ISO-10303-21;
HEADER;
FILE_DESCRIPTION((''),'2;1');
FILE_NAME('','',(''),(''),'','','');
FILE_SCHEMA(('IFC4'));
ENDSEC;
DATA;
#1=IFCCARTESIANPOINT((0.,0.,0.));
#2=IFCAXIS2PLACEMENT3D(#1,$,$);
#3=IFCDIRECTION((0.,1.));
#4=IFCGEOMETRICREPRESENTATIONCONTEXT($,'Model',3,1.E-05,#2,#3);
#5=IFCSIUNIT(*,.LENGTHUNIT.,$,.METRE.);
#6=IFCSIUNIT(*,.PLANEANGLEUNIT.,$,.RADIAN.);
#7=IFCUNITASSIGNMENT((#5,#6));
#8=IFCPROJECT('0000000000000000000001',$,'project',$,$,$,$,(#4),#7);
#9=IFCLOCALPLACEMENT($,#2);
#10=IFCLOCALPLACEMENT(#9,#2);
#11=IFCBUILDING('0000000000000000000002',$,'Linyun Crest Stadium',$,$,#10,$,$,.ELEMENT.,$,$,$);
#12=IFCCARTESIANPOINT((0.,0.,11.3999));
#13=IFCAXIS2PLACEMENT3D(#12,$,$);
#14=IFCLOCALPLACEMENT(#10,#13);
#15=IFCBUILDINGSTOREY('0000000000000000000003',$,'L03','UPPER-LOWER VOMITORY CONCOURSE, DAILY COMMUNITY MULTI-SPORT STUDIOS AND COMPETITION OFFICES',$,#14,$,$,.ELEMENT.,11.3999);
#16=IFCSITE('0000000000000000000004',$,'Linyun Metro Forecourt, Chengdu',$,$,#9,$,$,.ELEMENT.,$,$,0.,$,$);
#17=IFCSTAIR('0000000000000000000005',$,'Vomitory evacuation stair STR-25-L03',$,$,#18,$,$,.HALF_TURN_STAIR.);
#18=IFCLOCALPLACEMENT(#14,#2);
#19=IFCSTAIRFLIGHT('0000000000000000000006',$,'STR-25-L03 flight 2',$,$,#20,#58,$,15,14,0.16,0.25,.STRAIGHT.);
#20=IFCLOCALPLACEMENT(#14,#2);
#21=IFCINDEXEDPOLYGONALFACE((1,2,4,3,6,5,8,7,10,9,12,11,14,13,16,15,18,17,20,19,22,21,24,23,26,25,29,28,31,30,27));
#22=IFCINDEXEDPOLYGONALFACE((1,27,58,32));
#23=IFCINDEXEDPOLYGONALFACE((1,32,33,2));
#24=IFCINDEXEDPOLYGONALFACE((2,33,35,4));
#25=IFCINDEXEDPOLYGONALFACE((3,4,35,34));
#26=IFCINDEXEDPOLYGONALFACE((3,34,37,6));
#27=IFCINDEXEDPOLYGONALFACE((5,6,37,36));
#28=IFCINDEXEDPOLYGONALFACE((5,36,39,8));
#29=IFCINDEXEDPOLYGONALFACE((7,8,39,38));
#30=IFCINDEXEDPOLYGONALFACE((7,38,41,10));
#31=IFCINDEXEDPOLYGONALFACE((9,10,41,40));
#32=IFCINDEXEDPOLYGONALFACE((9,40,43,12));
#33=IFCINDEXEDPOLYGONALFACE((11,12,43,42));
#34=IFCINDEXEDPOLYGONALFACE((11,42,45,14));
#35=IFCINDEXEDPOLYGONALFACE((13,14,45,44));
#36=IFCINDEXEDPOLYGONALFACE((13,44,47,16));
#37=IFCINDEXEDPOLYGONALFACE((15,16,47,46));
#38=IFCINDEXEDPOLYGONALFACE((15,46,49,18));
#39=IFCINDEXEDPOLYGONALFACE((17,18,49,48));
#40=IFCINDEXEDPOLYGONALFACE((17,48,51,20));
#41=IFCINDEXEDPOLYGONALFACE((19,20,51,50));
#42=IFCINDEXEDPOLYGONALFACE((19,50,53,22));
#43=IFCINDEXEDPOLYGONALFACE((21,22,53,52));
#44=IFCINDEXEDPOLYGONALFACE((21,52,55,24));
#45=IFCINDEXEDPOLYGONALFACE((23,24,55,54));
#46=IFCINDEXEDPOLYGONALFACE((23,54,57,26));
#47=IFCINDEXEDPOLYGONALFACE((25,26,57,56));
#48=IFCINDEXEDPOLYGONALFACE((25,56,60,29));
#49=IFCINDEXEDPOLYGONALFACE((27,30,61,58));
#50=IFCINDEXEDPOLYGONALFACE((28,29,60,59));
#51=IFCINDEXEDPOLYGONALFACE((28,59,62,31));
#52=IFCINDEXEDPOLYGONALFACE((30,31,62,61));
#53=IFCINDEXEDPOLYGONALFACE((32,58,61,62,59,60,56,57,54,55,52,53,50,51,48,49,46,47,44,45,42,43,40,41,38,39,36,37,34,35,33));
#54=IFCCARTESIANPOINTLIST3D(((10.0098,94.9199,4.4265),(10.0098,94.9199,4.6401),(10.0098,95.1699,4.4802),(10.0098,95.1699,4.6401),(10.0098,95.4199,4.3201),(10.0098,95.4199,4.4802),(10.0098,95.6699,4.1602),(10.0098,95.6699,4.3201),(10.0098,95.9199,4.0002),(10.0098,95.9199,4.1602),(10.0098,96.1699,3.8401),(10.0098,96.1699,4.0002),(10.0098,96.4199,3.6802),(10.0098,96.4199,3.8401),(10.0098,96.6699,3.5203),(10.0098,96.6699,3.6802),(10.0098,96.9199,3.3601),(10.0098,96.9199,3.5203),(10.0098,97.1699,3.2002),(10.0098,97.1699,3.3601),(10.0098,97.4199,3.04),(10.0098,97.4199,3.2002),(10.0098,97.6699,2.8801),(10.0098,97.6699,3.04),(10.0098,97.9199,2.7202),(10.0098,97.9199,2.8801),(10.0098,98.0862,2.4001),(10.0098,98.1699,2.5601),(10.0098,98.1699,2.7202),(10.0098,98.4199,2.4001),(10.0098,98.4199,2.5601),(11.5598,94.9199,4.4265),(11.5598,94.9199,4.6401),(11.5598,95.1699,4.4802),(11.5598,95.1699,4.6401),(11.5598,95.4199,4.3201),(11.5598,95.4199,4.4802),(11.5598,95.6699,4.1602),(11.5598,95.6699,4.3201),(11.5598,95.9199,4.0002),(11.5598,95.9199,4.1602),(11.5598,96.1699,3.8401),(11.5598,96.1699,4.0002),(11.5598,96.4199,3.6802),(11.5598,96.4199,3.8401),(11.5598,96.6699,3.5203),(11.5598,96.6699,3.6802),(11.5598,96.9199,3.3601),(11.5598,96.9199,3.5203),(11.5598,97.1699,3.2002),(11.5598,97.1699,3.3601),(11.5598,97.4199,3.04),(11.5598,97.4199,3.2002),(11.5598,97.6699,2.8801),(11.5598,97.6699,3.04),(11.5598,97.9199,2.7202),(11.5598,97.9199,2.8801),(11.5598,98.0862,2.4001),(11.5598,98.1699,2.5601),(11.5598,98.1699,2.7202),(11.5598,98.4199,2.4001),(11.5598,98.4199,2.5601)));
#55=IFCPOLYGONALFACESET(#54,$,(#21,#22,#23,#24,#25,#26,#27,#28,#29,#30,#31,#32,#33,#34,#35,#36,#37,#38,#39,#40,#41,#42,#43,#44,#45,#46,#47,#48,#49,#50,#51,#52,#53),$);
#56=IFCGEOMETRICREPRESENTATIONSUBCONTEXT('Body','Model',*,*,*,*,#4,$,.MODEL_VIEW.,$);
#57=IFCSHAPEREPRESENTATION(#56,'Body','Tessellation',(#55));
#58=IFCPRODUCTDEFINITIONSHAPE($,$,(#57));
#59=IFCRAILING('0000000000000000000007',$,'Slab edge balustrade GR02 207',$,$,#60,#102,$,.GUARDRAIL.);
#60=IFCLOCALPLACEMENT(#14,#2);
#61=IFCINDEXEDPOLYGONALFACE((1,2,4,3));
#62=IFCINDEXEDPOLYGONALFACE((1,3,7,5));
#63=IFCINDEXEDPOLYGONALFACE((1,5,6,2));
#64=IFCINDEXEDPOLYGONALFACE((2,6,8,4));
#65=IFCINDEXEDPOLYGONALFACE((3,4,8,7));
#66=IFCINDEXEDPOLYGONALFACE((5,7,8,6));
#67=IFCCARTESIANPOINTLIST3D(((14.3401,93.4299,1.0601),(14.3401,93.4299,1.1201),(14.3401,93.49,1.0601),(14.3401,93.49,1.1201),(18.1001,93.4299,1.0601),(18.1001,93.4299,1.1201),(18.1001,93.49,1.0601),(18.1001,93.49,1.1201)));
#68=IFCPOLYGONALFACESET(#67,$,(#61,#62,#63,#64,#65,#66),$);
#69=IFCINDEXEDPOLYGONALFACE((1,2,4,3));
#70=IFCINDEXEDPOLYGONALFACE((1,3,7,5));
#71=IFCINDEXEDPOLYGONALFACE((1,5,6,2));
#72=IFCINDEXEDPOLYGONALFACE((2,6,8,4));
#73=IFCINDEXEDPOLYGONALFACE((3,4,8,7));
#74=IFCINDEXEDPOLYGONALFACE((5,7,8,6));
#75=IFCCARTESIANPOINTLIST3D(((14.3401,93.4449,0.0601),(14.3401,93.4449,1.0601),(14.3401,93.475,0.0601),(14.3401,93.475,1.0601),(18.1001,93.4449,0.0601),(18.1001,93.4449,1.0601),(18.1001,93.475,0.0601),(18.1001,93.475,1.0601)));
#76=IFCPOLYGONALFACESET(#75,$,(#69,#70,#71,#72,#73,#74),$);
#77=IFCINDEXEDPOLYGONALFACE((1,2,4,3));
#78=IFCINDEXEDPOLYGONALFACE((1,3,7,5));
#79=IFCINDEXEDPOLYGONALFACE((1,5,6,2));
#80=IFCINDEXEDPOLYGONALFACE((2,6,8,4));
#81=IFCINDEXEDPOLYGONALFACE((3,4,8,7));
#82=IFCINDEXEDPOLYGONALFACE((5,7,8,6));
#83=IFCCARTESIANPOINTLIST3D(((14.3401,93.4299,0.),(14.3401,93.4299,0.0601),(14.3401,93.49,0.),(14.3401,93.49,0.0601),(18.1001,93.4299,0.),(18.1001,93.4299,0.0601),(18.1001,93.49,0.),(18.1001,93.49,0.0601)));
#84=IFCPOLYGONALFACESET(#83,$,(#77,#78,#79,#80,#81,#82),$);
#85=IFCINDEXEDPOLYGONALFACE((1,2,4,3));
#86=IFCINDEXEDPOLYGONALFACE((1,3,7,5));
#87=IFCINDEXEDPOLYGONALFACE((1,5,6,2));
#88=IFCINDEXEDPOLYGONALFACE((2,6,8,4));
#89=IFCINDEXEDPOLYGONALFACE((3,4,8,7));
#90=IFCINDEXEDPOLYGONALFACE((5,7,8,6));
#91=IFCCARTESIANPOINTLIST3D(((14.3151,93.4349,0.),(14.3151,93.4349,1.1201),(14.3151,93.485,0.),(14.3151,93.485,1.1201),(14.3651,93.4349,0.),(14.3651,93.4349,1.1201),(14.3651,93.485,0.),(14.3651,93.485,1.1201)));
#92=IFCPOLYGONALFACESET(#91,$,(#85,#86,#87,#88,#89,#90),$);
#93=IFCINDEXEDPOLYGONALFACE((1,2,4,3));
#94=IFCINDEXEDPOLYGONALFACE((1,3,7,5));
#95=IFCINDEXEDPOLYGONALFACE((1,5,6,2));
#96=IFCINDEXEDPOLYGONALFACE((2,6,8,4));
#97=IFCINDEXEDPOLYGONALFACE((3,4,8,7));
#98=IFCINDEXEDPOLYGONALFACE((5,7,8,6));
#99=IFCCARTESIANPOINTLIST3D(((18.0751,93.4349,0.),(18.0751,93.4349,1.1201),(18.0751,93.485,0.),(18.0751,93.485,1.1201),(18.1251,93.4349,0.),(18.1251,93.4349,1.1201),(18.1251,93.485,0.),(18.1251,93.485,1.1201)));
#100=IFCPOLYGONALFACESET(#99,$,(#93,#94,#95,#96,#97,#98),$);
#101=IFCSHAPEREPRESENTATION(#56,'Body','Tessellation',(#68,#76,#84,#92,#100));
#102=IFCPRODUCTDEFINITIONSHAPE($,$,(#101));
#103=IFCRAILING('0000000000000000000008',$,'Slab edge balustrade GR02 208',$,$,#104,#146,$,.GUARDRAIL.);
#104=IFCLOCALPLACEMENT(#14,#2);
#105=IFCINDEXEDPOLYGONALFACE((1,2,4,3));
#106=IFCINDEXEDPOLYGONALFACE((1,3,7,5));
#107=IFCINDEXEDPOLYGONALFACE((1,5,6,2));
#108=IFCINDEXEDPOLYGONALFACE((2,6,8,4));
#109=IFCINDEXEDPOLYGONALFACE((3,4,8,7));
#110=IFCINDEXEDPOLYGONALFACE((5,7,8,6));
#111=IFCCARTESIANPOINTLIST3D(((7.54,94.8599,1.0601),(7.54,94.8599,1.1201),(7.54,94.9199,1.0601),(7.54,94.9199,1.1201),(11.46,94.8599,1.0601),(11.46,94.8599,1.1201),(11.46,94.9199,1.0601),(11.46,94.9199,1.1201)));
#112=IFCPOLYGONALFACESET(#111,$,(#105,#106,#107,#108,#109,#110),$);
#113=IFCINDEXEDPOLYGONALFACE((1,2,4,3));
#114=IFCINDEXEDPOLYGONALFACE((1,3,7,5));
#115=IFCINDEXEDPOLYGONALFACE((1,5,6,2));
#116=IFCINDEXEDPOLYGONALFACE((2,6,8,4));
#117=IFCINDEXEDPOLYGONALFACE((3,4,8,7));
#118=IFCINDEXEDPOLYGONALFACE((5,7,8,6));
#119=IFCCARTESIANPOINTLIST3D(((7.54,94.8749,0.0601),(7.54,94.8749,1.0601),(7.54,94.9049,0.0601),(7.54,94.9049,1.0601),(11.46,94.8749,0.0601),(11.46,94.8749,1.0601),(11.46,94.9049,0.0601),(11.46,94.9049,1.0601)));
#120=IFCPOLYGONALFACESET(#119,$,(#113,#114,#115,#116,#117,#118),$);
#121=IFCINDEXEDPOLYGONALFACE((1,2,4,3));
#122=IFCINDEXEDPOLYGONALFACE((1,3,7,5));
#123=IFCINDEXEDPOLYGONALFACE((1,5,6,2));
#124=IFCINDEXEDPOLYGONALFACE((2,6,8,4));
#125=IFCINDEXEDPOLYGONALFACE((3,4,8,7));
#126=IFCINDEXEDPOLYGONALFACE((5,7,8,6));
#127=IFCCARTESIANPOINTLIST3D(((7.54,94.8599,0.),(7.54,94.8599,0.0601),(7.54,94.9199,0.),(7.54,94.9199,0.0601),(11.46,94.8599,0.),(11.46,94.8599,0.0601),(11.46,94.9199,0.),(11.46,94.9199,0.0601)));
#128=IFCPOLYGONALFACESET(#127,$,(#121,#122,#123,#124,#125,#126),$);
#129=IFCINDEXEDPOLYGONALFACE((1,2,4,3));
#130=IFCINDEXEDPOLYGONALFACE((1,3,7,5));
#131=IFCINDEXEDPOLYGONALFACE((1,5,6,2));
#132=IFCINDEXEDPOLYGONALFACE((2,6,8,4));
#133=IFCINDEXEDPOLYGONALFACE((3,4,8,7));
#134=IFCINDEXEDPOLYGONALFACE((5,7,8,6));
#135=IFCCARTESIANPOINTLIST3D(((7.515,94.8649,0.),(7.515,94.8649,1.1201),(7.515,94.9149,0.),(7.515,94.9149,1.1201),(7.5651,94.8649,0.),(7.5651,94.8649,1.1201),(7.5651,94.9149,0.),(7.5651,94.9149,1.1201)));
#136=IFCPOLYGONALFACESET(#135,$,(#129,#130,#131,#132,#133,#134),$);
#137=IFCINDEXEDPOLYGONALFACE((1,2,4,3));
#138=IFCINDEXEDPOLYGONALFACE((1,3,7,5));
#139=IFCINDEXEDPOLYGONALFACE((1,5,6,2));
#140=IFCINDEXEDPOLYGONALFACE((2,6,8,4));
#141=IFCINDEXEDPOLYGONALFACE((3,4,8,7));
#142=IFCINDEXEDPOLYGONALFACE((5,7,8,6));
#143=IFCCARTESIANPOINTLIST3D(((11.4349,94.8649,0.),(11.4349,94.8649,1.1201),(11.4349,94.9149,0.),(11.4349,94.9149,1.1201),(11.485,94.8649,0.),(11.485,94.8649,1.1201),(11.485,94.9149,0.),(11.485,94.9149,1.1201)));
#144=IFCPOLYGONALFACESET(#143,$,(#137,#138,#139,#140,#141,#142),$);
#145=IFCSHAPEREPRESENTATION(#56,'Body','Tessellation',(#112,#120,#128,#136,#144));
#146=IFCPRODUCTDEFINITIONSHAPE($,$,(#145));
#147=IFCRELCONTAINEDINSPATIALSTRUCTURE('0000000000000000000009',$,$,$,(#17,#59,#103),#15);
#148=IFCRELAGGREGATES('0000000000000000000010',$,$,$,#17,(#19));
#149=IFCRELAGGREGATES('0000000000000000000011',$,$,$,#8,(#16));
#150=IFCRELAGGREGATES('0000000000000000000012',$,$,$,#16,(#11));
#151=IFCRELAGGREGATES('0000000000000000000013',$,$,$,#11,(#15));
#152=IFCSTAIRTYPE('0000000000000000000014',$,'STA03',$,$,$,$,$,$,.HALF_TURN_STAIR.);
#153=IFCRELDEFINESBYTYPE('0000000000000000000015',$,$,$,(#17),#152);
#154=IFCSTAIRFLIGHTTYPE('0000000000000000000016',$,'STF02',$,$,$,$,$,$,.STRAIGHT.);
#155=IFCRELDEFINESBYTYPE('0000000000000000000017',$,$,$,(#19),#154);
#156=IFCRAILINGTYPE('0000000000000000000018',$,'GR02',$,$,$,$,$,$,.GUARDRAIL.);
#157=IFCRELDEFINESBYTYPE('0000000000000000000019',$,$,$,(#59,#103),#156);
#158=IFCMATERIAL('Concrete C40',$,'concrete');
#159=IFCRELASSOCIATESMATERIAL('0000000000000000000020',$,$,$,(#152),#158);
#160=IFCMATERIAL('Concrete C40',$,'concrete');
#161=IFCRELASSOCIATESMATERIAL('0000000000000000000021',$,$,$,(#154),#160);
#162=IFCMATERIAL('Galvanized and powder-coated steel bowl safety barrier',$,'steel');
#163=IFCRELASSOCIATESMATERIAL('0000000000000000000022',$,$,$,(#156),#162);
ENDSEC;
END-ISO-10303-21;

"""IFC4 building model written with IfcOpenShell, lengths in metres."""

from ifc_helpers import new_model, si_unit, direction, frame, origin, origin_2d, place, context, subcontext, project, spatial, polyline, rectangle, outline, extrude, material, type_object, element, aggregate, save


model = new_model("IFC4")

# Units and contexts
model_context = context("Model", 3, precision=1e-05, world=origin(), true_north=direction((0.0, 1.0)))
body_context = subcontext(model_context, "Body", "Model", "MODEL_VIEW")
ifc_project = project(units=[si_unit("LENGTHUNIT", "METRE"), si_unit("PLANEANGLEUNIT", "RADIAN")], contexts=[model_context])

# Site, building, storey
site_placement = place(None, origin())
site = spatial("IfcSite", under=ifc_project, at=site_placement, Name="Linyun Metro Forecourt, Chengdu", CompositionType="ELEMENT", RefElevation=0.0)
building_placement = place(site_placement, origin())
building = spatial("IfcBuilding", under=site, at=building_placement, Name="Linyun Crest Stadium", CompositionType="ELEMENT")
storey_placement = place(building_placement, frame((0.0, 0.0, 11.3999)))
storey = spatial("IfcBuildingStorey", under=building, at=storey_placement, Name="L03", Description="UPPER-LOWER VOMITORY CONCOURSE, DAILY COMMUNITY MULTI-SPORT STUDIOS AND COMPETITION OFFICES", CompositionType="ELEMENT", Elevation=11.3999)

# Stair, stair flight
ifc_material_1 = material(Name="Concrete C40", Category="concrete")
stair_type = type_object("IfcStairType", Name="STA03", PredefinedType="HALF_TURN_STAIR", material=ifc_material_1)
stair_placement = place(storey_placement, origin())
stair = element("IfcStair", 1, at=stair_placement, inside=storey, type_object=stair_type, Name="Vomitory evacuation stair STR-25-L03", PredefinedType="HALF_TURN_STAIR")
ifc_material_2 = material(Name="Concrete C40", Category="concrete")
stair_flight_type = type_object("IfcStairFlightType", Name="STF02", PredefinedType="STRAIGHT", material=ifc_material_2)
stair_flight_1_placement = place(storey_placement, frame((10.7849, 98.4199, 2.4001), z_axis=(0.0, 0.0, 1.0), x_axis=(0.0, -1.0, 0.0)))
stair_flight_1 = element("IfcStairFlight", 2, at=stair_flight_1_placement, type_object=stair_flight_type, Name="STR-25-L03 flight 2", NumberOfRisers=15, NumberOfTreads=14, PredefinedType="STRAIGHT", RiserHeight=0.16, TreadLength=0.25, context=body_context, shape_type="SweptSolid", body=[
    extrude(outline(polyline([(0.0, 0.0), (0.0, 0.1599), (0.25, 0.1599), (0.25, 0.3201), (0.5, 0.3201), (0.5, 0.48), (0.75, 0.48), (0.75, 0.6399), (1.0, 0.6399), (1.0, 0.8), (1.25, 0.8), (1.25, 0.96), (1.5, 0.96), (1.5, 1.1201), (1.75, 1.1201), (1.75, 1.28), (2.0, 1.28), (2.0, 1.4399), (2.25, 1.4399), (2.25, 1.6001), (2.5, 1.6001), (2.5, 1.76), (2.75, 1.76), (2.75, 1.9199), (3.0, 1.9199), (3.0, 2.0801), (3.25, 2.0801), (3.25, 2.24), (3.5, 2.24), (3.5, 2.3999), (3.5, 2.0264), (0.3337, 0.0), (0.0, 0.0)])), frame((0.0, 0.7749, 0.0), z_axis=(0.0, -1.0, 0.0), x_axis=(1.0, 0.0, 0.0)), (0.0, 0.0, 1.0), 1.55),
])
aggregate(stair, [stair_flight_1])

# Railings
ifc_material_3 = material(Name="Galvanized and powder-coated steel bowl safety barrier", Category="steel")
railing_type_1 = type_object("IfcRailingType", Name="GR02", PredefinedType="GUARDRAIL", material=ifc_material_3)
railing_1_placement = place(storey_placement, frame((14.3401, 93.46, 0.0)))
element("IfcRailing", 3, at=railing_1_placement, inside=storey, type_object=railing_type_1, Name="Slab edge balustrade GR02 207", PredefinedType="GUARDRAIL", context=body_context, shape_type="SweptSolid", body=[
    extrude(rectangle(XDim=0.0601, YDim=0.0601, at=origin_2d()), frame((0.0, 0.0, 1.0901), z_axis=(1.0, 0.0, 0.0), x_axis=(0.0, 1.0, 0.0)), (0.0, 0.0, 1.0), 3.76),
    extrude(rectangle(XDim=0.03, YDim=1.0, at=origin_2d()), frame((0.0, 0.0, 0.5601), z_axis=(1.0, 0.0, 0.0), x_axis=(0.0, 1.0, 0.0)), (0.0, 0.0, 1.0), 3.76),
    extrude(rectangle(XDim=0.0601, YDim=0.0601, at=origin_2d()), frame((0.0, 0.0, 0.03), z_axis=(1.0, 0.0, 0.0), x_axis=(0.0, 1.0, 0.0)), (0.0, 0.0, 1.0), 3.76),
    extrude(rectangle(XDim=0.05, YDim=0.05, at=origin_2d()), origin(), (0.0, 0.0, 1.0), 1.1201),
    extrude(rectangle(XDim=0.05, YDim=0.05, at=origin_2d()), frame((3.76, 0.0, 0.0)), (0.0, 0.0, 1.0), 1.1201),
])
railing_2_placement = place(storey_placement, frame((7.54, 94.8899, 0.0)))
element("IfcRailing", 4, at=railing_2_placement, inside=storey, type_object=railing_type_1, Name="Slab edge balustrade GR02 208", PredefinedType="GUARDRAIL", context=body_context, shape_type="SweptSolid", body=[
    extrude(rectangle(XDim=0.0601, YDim=0.0601, at=origin_2d()), frame((0.0, 0.0, 1.0901), z_axis=(1.0, 0.0, 0.0), x_axis=(0.0, 1.0, 0.0)), (0.0, 0.0, 1.0), 3.9199),
    extrude(rectangle(XDim=0.03, YDim=1.0, at=origin_2d()), frame((0.0, 0.0, 0.5601), z_axis=(1.0, 0.0, 0.0), x_axis=(0.0, 1.0, 0.0)), (0.0, 0.0, 1.0), 3.9199),
    extrude(rectangle(XDim=0.0601, YDim=0.0601, at=origin_2d()), frame((0.0, 0.0, 0.03), z_axis=(1.0, 0.0, 0.0), x_axis=(0.0, 1.0, 0.0)), (0.0, 0.0, 1.0), 3.9199),
    extrude(rectangle(XDim=0.05, YDim=0.05, at=origin_2d()), origin(), (0.0, 0.0, 1.0), 1.1201),
    extrude(rectangle(XDim=0.05, YDim=0.05, at=origin_2d()), frame((3.9199, 0.0, 0.0)), (0.0, 0.0, 1.0), 1.1201),
])

save(model, "model.ifc")
